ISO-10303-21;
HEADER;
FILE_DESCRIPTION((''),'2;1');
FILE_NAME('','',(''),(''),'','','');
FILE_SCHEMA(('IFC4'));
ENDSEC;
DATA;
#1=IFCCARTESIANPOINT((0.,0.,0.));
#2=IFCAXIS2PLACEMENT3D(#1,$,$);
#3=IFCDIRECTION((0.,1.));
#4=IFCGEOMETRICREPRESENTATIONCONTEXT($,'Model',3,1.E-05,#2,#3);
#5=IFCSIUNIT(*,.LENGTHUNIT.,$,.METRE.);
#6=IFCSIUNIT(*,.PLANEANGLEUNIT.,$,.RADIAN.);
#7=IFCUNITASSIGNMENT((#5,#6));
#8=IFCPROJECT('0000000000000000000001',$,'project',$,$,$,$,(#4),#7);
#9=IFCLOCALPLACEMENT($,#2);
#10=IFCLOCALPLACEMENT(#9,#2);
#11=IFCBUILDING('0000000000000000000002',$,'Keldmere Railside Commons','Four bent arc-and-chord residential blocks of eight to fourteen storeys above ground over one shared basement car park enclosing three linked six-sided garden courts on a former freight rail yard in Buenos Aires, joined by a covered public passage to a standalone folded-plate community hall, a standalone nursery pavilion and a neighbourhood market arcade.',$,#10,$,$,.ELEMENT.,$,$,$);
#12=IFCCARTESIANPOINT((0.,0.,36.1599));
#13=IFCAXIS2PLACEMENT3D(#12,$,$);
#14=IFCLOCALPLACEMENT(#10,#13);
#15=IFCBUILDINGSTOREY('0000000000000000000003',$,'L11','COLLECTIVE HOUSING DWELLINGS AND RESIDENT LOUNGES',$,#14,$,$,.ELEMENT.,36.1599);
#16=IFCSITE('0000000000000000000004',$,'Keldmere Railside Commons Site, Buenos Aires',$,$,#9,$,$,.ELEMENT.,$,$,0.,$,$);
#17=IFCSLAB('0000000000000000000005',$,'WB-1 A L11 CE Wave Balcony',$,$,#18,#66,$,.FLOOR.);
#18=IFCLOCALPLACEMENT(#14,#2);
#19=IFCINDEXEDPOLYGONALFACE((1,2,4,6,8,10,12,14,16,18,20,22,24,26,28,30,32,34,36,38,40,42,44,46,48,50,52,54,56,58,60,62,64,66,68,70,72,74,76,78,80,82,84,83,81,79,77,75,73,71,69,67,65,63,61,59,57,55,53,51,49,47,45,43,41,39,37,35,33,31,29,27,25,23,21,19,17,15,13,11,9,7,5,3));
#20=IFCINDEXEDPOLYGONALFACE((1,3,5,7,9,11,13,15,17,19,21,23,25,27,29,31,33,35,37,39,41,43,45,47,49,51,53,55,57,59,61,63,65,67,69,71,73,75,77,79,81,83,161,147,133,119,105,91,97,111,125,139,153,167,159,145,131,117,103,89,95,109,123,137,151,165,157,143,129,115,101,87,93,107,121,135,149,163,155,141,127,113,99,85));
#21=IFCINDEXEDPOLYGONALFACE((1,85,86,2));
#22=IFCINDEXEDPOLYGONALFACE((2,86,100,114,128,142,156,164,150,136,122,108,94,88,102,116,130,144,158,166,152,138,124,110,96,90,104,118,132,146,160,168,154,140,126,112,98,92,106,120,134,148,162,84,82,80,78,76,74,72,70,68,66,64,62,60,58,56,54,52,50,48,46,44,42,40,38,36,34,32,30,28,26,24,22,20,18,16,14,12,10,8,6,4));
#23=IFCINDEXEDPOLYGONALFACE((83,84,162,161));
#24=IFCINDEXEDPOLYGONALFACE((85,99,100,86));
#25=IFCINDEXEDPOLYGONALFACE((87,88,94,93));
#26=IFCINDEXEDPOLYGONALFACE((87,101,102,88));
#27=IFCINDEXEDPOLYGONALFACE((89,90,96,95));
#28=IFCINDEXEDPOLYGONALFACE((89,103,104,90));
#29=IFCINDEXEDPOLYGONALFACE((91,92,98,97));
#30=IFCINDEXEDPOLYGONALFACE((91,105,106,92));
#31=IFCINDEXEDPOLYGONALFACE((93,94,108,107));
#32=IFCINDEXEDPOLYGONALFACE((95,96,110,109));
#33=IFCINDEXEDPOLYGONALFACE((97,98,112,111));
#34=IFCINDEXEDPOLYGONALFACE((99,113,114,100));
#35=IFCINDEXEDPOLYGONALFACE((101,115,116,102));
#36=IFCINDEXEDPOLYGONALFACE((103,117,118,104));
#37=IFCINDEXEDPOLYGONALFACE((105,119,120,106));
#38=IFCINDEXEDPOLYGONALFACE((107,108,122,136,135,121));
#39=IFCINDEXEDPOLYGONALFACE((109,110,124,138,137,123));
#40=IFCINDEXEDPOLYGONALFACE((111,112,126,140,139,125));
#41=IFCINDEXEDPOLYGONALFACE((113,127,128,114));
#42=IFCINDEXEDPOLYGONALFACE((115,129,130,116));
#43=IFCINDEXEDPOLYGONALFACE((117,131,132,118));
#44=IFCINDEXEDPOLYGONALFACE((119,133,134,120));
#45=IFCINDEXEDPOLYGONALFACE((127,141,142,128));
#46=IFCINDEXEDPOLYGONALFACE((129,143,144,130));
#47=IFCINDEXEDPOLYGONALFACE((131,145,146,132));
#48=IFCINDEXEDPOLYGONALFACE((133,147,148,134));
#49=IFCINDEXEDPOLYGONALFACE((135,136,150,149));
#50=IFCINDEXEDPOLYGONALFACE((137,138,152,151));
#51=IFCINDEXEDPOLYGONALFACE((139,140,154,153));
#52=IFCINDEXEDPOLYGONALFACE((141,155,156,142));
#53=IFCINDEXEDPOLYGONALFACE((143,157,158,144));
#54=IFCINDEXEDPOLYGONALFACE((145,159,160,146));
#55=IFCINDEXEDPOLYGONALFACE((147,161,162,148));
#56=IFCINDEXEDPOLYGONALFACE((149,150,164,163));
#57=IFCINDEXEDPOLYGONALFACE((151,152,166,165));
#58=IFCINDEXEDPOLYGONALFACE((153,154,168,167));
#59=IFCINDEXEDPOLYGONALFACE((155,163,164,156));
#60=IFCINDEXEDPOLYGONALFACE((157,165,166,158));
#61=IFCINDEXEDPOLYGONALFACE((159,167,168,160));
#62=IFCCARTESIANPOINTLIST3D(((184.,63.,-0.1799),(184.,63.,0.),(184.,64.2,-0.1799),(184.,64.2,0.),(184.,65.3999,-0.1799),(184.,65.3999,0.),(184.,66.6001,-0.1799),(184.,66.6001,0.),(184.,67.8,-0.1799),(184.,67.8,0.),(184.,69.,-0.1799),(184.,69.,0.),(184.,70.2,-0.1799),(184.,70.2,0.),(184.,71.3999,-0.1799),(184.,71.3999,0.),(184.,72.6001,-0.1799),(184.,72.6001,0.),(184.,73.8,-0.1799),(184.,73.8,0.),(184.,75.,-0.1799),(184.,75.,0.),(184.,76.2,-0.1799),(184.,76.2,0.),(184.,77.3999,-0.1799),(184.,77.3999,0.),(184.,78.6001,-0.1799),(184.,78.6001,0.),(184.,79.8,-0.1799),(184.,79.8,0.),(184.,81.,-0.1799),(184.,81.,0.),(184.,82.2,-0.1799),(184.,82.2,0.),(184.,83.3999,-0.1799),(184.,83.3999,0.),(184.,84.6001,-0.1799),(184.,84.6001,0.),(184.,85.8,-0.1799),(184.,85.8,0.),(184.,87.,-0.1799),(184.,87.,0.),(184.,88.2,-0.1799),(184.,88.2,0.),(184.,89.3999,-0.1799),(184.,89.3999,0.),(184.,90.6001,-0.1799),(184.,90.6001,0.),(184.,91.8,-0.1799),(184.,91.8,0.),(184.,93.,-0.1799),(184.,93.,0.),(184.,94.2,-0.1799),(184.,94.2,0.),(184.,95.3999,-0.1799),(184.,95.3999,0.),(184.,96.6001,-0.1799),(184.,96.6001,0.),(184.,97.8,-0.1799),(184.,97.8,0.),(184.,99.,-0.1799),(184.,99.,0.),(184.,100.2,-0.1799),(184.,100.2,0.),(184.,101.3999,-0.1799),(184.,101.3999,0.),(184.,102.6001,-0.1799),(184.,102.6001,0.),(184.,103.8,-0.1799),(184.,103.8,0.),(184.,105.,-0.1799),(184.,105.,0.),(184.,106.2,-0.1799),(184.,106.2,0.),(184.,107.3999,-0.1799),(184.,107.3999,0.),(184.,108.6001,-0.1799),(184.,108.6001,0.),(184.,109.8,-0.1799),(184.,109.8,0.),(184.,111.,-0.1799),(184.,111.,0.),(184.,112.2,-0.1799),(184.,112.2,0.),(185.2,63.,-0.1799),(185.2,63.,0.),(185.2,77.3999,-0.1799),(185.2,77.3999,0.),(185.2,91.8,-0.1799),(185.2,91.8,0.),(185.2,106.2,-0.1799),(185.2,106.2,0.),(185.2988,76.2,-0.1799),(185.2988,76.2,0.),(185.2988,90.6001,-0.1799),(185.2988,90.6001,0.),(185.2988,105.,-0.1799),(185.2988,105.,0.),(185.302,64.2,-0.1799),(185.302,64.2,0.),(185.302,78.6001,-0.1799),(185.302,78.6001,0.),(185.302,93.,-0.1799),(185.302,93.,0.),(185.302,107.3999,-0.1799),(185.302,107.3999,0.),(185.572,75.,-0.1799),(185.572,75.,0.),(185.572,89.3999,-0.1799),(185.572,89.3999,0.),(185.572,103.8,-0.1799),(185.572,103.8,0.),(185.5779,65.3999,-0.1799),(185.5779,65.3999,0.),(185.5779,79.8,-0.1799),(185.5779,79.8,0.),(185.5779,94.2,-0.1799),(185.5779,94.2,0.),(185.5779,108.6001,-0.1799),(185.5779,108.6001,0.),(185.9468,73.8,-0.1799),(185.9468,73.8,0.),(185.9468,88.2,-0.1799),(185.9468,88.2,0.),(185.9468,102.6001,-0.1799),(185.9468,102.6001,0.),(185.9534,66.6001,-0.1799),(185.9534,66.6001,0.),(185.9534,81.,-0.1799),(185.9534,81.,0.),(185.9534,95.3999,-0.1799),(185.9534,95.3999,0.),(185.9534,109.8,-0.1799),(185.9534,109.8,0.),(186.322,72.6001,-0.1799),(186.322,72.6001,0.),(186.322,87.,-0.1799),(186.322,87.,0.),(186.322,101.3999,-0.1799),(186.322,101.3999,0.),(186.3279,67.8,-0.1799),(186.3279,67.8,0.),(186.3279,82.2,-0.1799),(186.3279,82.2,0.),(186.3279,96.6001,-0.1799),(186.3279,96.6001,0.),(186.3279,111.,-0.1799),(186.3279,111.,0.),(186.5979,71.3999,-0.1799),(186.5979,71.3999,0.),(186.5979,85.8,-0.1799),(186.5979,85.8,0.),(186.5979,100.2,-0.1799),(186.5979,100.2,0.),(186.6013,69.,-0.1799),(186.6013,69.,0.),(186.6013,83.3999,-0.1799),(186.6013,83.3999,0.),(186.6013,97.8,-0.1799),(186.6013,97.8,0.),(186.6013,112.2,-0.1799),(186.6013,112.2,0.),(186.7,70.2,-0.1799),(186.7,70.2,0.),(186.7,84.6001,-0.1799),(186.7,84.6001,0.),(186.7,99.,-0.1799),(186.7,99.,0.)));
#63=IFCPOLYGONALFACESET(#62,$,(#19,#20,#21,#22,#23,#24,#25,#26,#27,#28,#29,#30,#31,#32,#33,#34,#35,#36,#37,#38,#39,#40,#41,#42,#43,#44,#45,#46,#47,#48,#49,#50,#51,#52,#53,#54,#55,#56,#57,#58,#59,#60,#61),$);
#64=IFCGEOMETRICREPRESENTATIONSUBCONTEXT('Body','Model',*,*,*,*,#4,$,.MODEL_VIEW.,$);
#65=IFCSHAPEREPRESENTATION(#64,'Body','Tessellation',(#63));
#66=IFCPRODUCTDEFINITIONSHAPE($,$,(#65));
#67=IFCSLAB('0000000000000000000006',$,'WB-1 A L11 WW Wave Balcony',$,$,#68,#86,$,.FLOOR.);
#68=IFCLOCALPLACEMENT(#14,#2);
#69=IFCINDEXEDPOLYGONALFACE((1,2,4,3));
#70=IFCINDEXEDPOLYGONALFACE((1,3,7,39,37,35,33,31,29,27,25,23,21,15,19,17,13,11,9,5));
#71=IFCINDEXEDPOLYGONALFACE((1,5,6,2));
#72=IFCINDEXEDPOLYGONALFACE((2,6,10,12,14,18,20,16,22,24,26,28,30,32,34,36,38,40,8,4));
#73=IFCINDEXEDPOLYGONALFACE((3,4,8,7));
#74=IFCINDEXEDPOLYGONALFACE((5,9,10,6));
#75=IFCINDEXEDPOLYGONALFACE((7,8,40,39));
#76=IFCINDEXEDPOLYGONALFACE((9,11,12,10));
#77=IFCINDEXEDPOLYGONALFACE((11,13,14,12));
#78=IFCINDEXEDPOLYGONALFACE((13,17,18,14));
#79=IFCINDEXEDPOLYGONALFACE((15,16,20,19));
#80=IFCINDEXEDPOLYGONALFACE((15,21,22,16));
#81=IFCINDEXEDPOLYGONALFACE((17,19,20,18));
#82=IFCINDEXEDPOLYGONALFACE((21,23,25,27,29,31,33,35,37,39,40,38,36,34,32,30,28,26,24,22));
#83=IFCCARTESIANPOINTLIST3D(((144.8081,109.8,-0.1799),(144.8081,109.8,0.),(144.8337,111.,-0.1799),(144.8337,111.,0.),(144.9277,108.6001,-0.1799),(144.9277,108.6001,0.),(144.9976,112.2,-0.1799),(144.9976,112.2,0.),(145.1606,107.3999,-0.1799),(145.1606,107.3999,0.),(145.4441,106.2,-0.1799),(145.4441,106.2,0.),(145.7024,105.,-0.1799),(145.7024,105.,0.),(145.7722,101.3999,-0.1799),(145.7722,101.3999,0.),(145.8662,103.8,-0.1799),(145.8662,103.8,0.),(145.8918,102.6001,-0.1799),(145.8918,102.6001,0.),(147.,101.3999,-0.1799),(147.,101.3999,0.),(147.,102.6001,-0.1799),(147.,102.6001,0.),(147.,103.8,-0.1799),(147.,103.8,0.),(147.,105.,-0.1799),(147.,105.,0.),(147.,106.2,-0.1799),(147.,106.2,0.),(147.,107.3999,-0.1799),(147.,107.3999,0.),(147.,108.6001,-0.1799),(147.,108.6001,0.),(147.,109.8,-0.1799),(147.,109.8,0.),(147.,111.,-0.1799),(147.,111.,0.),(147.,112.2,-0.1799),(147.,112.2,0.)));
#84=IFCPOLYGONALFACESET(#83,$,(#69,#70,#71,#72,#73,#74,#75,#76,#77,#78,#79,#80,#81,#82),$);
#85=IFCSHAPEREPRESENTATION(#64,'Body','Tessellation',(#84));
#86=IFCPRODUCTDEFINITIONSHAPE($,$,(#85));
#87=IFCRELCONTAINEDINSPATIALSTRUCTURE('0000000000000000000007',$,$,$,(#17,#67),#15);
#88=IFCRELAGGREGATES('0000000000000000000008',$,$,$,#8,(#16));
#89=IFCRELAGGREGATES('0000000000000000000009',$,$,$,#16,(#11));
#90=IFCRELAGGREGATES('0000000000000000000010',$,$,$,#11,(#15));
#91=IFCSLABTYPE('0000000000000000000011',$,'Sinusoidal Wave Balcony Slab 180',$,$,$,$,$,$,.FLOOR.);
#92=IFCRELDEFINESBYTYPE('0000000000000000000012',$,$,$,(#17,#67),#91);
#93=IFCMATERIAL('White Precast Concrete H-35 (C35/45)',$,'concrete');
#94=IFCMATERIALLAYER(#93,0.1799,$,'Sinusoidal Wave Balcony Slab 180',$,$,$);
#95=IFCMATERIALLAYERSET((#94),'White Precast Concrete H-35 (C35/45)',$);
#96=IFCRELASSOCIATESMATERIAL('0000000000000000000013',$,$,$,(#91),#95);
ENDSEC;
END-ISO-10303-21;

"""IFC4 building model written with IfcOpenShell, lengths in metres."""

from ifc_helpers import new_model, si_unit, direction, frame, origin, place, context, subcontext, project, spatial, polyline, outline, extrude, material, layer, layer_set, type_object, element, save


model = new_model("IFC4")

# Units and contexts
model_context = context("Model", 3, precision=1e-05, world=origin(), true_north=direction((0.0, 1.0)))
body_context = subcontext(model_context, "Body", "Model", "MODEL_VIEW")
ifc_project = project(units=[si_unit("LENGTHUNIT", "METRE"), si_unit("PLANEANGLEUNIT", "RADIAN")], contexts=[model_context])

# Site, building, storey
site_placement = place(None, origin())
site = spatial("IfcSite", under=ifc_project, at=site_placement, Name="Keldmere Railside Commons Site, Buenos Aires", CompositionType="ELEMENT", RefElevation=0.0)
building_placement = place(site_placement, origin())
building = spatial("IfcBuilding", under=site, at=building_placement, Name="Keldmere Railside Commons", Description="Four bent arc-and-chord residential blocks of eight to fourteen storeys above ground over one shared basement car park enclosing three linked six-sided garden courts on a former freight rail yard in Buenos Aires, joined by a covered public passage to a standalone folded-plate community hall, a standalone nursery pavilion and a neighbourhood market arcade.", CompositionType="ELEMENT")
storey_placement = place(building_placement, frame((0.0, 0.0, 36.1599)))
storey = spatial("IfcBuildingStorey", under=building, at=storey_placement, Name="L11", Description="COLLECTIVE HOUSING DWELLINGS AND RESIDENT LOUNGES", CompositionType="ELEMENT", Elevation=36.1599)

# Slabs
ifc_material_1 = material(Name="White Precast Concrete H-35 (C35/45)", Category="concrete")
ifc_layer_1 = layer(ifc_material_1, 0.1799, Name="Sinusoidal Wave Balcony Slab 180")
ifc_layer_set_1 = layer_set([ifc_layer_1], Name="White Precast Concrete H-35 (C35/45)")
slab_type_1 = type_object("IfcSlabType", Name="Sinusoidal Wave Balcony Slab 180", PredefinedType="FLOOR", material=ifc_layer_set_1)
slab_1_placement = place(storey_placement, frame((0.0, 0.0, -0.1799)))
element("IfcSlab", 1, at=slab_1_placement, inside=storey, type_object=slab_type_1, Name="WB-1 A L11 CE Wave Balcony", PredefinedType="FLOOR", context=body_context, shape_type="SweptSolid", body=[
    extrude(outline(polyline([(185.2, 63.0), (185.302, 64.2), (185.5779, 65.3999), (185.9534, 66.6001), (186.3279, 67.8), (186.6013, 69.0), (186.7, 70.2), (186.5979, 71.3999), (186.322, 72.6001), (185.9468, 73.8), (185.572, 75.0), (185.2988, 76.2), (185.2, 77.3999), (185.302, 78.6001), (185.5779, 79.8), (185.9534, 81.0), (186.3279, 82.2), (186.6013, 83.3999), (186.7, 84.6001), (186.5979, 85.8), (186.322, 87.0), (185.9468, 88.2), (185.572, 89.3999), (185.2988, 90.6001), (185.2, 91.8), (185.302, 93.0), (185.5779, 94.2), (185.9534, 95.3999), (186.3279, 96.6001), (186.6013, 97.8), (186.7, 99.0), (186.5979, 100.2), (186.322, 101.3999), (185.9468, 102.6001), (185.572, 103.8), (185.2988, 105.0), (185.2, 106.2), (185.302, 107.3999), (185.5779, 108.6001), (185.9534, 109.8), (186.3279, 111.0), (186.6013, 112.2), (184.0, 112.2), (184.0, 111.0), (184.0, 109.8), (184.0, 108.6001), (184.0, 107.3999), (184.0, 106.2), (184.0, 105.0), (184.0, 103.8), (184.0, 102.6001), (184.0, 101.3999), (184.0, 100.2), (184.0, 99.0), (184.0, 97.8), (184.0, 96.6001), (184.0, 95.3999), (184.0, 94.2), (184.0, 93.0), (184.0, 91.8), (184.0, 90.6001), (184.0, 89.3999), (184.0, 88.2), (184.0, 87.0), (184.0, 85.8), (184.0, 84.6001), (184.0, 83.3999), (184.0, 82.2), (184.0, 81.0), (184.0, 79.8), (184.0, 78.6001), (184.0, 77.3999), (184.0, 76.2), (184.0, 75.0), (184.0, 73.8), (184.0, 72.6001), (184.0, 71.3999), (184.0, 70.2), (184.0, 69.0), (184.0, 67.8), (184.0, 66.6001), (184.0, 65.3999), (184.0, 64.2), (184.0, 63.0), (185.2, 63.0)])), origin(), (0.0, 0.0, 1.0), 0.1799),
])
slab_2_placement = place(storey_placement, frame((0.0, 0.0, -0.1799)))
element("IfcSlab", 2, at=slab_2_placement, inside=storey, type_object=slab_type_1, Name="WB-1 A L11 WW Wave Balcony", PredefinedType="FLOOR", context=body_context, shape_type="SweptSolid", body=[
    extrude(outline(polyline([(147.0, 101.3999), (147.0, 102.6001), (147.0, 103.8), (147.0, 105.0), (147.0, 106.2), (147.0, 107.3999), (147.0, 108.6001), (147.0, 109.8), (147.0, 111.0), (147.0, 112.2), (144.9976, 112.2), (144.8337, 111.0), (144.8081, 109.8), (144.9277, 108.6001), (145.1606, 107.3999), (145.4441, 106.2), (145.7024, 105.0), (145.8662, 103.8), (145.8918, 102.6001), (145.7722, 101.3999), (147.0, 101.3999)])), origin(), (0.0, 0.0, 1.0), 0.1799),
])

save(model, "model.ifc")
